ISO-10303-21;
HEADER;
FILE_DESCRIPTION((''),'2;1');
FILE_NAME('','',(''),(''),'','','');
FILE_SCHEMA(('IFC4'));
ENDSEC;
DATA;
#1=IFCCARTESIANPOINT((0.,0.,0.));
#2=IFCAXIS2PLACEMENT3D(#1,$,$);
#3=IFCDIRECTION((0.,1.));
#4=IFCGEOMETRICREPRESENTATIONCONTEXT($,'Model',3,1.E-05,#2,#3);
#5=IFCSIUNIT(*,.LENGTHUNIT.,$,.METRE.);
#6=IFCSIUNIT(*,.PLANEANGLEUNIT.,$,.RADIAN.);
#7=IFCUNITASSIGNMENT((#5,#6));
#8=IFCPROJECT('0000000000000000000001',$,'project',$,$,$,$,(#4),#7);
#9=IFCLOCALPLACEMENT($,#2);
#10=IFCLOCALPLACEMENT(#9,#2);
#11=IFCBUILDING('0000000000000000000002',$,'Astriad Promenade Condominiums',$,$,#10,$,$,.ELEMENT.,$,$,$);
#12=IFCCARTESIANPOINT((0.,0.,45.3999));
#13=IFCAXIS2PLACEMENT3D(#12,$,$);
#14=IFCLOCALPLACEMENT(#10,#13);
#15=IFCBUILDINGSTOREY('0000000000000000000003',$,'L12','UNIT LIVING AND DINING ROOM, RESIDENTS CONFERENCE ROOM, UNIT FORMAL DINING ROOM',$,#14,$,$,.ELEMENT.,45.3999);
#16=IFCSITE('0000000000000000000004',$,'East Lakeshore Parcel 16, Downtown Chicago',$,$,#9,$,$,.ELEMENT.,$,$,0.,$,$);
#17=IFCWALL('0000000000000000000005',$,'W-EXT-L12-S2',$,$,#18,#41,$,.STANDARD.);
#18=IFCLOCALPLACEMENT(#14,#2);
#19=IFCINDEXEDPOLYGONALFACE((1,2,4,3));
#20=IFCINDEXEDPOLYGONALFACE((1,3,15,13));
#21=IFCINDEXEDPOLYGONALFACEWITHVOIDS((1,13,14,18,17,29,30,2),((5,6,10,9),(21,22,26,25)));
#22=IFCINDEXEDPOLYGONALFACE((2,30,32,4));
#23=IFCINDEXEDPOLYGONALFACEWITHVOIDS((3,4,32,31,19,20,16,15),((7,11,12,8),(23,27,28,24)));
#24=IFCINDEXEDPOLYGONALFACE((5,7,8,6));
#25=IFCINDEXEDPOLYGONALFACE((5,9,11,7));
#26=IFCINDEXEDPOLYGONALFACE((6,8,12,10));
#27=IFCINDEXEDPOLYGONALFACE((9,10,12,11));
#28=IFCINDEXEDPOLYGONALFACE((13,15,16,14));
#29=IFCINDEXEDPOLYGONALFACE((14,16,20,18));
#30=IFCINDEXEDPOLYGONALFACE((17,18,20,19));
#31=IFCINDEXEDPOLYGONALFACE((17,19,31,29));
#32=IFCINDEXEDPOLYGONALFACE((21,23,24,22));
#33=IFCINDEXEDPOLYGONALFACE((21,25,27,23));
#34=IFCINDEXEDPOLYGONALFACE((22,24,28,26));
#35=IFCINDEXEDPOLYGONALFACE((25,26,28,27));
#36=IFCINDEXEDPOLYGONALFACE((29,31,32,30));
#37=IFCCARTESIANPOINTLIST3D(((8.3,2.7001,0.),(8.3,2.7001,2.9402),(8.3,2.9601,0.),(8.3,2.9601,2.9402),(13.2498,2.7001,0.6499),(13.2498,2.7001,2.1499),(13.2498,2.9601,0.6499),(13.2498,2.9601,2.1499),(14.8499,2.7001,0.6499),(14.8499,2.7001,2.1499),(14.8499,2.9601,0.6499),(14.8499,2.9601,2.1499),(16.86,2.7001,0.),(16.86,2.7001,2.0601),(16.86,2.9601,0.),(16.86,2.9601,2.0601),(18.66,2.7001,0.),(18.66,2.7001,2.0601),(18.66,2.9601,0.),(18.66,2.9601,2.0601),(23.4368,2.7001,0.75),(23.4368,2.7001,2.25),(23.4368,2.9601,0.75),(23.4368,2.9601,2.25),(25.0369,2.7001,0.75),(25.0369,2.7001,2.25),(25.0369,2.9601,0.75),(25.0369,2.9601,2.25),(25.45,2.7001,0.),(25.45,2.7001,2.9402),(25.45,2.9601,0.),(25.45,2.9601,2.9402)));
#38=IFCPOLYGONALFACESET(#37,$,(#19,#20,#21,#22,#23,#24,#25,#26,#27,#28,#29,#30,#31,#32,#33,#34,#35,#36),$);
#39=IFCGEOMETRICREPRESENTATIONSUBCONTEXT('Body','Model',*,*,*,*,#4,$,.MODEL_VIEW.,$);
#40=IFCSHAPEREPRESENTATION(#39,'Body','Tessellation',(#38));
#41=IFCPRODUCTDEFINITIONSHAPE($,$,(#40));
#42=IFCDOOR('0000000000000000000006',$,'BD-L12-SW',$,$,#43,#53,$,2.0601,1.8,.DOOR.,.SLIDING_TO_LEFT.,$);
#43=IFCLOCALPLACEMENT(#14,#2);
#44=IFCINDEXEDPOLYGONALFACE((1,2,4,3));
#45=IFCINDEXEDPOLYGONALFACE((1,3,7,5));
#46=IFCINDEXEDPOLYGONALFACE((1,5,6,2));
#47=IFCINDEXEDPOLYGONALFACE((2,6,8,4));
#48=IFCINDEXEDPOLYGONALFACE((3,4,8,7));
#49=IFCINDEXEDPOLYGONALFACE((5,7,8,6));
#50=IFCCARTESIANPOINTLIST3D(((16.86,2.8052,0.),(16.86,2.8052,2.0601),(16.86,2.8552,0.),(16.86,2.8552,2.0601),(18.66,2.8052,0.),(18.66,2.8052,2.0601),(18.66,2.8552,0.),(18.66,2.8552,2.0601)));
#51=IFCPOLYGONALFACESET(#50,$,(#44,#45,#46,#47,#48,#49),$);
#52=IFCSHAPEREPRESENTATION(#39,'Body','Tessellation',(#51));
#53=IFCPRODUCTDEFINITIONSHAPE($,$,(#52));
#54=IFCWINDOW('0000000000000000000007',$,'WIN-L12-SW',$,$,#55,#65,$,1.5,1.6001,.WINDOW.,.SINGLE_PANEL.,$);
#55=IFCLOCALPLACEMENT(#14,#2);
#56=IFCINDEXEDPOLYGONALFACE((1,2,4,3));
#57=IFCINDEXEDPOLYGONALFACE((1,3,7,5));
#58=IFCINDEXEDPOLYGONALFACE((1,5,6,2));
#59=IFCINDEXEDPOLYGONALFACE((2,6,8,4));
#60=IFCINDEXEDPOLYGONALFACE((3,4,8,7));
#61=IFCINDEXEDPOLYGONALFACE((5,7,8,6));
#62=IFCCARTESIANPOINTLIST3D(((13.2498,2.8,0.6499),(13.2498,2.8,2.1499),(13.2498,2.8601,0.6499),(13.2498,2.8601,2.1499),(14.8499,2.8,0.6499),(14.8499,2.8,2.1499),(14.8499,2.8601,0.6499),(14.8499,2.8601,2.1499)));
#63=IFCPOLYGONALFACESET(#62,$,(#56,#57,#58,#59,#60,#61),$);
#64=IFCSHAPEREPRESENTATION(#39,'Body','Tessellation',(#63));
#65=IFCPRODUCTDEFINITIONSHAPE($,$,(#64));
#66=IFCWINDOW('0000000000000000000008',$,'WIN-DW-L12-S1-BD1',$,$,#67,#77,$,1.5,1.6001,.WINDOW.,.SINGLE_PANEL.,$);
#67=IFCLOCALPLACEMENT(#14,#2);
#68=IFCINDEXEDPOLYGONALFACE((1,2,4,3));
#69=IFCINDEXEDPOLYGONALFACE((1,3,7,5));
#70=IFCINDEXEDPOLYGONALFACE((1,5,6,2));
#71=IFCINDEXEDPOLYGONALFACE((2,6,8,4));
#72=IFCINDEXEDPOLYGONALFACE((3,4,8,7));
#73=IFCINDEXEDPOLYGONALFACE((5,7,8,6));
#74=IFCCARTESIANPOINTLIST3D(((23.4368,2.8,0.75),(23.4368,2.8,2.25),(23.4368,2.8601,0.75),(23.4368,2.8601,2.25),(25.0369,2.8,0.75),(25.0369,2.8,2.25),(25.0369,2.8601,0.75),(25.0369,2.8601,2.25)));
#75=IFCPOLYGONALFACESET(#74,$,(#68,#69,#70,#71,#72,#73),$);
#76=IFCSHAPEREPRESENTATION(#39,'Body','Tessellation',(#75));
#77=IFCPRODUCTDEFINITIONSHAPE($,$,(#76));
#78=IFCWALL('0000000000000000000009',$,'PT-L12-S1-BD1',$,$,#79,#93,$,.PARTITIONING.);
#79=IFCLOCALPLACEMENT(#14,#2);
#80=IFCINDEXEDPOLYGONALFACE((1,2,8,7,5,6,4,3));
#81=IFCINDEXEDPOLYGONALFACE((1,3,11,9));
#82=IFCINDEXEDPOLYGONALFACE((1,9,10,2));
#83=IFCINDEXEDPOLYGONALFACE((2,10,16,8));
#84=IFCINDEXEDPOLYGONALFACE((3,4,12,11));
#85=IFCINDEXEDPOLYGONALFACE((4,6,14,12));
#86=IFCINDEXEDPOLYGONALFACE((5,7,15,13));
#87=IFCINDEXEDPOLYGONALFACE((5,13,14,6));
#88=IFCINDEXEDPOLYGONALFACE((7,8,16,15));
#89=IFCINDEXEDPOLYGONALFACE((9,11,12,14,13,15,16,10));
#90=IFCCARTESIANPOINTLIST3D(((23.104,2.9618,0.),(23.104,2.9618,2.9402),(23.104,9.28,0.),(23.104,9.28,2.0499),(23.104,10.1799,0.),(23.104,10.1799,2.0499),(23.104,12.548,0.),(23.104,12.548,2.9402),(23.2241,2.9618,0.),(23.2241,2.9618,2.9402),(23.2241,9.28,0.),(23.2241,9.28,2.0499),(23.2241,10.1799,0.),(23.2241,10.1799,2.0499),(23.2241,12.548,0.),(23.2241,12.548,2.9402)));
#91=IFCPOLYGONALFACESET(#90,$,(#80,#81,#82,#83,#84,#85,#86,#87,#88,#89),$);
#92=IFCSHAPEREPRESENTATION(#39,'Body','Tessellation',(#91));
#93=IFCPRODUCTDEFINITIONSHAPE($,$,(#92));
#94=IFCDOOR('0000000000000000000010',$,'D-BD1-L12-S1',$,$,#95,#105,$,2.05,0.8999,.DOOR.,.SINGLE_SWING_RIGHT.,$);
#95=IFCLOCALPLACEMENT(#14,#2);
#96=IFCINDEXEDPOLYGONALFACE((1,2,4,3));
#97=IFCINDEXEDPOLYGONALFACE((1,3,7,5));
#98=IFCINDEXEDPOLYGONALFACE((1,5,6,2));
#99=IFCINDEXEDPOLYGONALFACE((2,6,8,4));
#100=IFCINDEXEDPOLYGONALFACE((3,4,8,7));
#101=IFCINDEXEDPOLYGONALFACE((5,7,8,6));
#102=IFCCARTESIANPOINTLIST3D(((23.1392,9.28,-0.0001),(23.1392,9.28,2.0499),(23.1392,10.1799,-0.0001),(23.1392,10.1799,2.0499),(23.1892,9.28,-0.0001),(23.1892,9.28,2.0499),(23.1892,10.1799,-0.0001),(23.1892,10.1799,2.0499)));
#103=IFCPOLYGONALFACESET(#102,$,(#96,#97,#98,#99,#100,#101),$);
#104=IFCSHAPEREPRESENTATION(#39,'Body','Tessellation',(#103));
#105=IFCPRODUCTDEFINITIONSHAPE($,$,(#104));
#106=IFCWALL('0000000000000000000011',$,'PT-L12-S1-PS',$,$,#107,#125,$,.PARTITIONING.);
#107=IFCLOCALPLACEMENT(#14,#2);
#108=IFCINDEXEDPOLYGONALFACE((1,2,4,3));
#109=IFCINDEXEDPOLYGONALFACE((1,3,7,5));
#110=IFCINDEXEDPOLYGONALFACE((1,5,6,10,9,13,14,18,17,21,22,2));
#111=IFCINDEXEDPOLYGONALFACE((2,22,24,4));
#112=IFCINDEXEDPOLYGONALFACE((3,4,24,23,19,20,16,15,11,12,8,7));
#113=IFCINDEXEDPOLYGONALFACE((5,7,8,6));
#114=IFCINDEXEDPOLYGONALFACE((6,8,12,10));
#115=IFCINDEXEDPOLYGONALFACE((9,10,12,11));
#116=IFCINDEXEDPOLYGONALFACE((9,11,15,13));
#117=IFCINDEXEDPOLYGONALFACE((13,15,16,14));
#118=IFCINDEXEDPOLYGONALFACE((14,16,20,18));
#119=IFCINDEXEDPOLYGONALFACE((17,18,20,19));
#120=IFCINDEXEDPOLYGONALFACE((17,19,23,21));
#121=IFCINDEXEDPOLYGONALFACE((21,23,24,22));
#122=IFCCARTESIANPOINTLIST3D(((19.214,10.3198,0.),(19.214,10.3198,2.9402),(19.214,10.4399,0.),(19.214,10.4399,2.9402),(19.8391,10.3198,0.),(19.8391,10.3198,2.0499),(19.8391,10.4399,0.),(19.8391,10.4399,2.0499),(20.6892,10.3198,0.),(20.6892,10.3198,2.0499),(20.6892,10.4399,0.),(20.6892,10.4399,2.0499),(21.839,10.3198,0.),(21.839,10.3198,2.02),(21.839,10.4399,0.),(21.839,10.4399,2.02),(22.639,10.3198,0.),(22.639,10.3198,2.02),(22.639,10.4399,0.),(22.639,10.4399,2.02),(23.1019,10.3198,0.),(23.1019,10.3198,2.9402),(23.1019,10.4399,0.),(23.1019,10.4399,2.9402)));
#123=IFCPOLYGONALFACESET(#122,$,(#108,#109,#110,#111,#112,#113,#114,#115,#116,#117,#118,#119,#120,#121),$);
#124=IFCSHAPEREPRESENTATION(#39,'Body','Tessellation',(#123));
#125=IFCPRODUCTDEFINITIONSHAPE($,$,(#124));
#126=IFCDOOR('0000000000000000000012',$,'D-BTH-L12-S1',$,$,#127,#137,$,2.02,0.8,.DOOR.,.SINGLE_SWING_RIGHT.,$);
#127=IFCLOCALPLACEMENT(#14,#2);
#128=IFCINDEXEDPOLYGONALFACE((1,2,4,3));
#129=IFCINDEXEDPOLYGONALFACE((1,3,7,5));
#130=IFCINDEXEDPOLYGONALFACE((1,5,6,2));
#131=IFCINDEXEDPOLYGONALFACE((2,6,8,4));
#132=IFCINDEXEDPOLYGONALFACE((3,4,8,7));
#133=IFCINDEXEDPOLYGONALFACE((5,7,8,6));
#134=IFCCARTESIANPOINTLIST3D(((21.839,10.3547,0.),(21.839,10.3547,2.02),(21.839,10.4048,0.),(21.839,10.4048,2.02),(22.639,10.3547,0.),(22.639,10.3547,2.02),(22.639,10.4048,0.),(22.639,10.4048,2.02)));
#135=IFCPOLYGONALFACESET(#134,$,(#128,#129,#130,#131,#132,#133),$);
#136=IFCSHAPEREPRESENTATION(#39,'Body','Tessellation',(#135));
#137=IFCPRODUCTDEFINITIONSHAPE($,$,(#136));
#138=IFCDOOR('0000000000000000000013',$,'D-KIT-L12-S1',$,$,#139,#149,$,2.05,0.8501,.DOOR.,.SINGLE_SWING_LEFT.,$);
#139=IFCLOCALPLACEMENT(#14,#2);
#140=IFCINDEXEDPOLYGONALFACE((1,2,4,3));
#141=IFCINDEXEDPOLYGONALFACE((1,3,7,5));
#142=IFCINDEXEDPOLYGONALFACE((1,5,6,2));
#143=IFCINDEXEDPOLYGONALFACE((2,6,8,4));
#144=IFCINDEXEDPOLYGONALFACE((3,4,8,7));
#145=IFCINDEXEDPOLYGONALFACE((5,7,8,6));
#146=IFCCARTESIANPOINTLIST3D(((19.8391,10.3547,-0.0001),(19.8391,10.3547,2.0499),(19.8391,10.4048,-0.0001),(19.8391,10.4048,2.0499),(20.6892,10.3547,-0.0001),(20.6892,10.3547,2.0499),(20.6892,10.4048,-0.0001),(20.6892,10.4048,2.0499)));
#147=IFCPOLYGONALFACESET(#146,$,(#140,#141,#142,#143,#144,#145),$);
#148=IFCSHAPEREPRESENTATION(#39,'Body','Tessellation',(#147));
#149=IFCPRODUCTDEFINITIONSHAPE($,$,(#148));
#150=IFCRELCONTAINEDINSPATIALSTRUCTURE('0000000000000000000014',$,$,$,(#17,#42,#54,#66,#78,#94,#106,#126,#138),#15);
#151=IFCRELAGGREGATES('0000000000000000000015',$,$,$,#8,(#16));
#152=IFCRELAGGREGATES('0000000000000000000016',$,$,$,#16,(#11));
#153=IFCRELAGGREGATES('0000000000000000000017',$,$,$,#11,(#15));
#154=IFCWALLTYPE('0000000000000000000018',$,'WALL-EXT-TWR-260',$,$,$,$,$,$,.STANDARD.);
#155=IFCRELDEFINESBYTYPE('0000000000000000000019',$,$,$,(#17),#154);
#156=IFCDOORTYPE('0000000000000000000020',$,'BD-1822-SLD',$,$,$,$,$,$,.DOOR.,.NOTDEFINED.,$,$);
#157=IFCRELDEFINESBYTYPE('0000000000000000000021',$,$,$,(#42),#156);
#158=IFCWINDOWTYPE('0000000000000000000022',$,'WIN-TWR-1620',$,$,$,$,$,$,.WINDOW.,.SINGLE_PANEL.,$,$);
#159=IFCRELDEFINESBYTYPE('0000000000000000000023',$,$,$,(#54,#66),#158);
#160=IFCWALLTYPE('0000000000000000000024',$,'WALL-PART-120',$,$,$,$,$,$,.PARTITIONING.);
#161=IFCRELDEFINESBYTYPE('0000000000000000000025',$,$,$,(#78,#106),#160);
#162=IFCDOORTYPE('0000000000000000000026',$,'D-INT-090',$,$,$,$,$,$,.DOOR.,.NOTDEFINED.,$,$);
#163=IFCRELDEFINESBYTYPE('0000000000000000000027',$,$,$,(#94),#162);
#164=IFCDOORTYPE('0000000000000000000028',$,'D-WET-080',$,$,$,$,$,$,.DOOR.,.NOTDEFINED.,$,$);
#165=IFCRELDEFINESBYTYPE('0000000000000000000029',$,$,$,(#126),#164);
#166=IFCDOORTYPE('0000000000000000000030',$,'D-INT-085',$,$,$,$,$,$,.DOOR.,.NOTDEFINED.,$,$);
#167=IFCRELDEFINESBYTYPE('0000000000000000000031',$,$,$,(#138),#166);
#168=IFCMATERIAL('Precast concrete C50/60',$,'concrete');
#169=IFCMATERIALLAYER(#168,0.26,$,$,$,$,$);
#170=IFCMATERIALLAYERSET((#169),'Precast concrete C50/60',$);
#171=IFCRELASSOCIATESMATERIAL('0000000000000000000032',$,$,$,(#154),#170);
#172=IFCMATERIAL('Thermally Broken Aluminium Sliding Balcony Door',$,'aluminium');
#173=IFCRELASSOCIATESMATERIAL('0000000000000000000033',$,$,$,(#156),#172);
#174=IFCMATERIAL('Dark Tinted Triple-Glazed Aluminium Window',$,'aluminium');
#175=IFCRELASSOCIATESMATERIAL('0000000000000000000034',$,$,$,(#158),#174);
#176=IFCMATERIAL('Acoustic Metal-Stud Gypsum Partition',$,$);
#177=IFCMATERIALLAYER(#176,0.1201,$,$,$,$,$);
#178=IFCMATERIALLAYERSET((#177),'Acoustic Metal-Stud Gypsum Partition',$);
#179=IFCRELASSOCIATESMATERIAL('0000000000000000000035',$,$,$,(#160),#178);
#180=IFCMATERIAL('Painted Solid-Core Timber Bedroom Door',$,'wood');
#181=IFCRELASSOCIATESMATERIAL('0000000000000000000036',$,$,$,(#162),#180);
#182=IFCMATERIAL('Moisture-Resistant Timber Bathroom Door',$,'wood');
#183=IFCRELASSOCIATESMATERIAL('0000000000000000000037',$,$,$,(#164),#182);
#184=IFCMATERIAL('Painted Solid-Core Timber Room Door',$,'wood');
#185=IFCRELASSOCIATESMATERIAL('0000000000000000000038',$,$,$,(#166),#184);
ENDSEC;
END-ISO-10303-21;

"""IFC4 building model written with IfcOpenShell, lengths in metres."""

from ifc_helpers import new_model, si_unit, direction, frame, frame_2d, origin, place, context, subcontext, project, spatial, rectangle, extrude, source, transform, mapped, material, layer, layer_set, type_object, type_shapes, element, fill, save


model = new_model("IFC4")

# Units and contexts
model_context = context("Model", 3, precision=1e-05, world=origin(), true_north=direction((0.0, 1.0)))
body_context = subcontext(model_context, "Body", "Model", "MODEL_VIEW")
ifc_project = project(units=[si_unit("LENGTHUNIT", "METRE"), si_unit("PLANEANGLEUNIT", "RADIAN")], contexts=[model_context])

# Site, building, storey
site_placement = place(None, origin())
site = spatial("IfcSite", under=ifc_project, at=site_placement, Name="East Lakeshore Parcel 16, Downtown Chicago", CompositionType="ELEMENT", RefElevation=0.0)
building_placement = place(site_placement, origin())
building = spatial("IfcBuilding", under=site, at=building_placement, Name="Astriad Promenade Condominiums", CompositionType="ELEMENT")
storey_placement = place(building_placement, frame((0.0, 0.0, 45.3999)))
storey = spatial("IfcBuildingStorey", under=building, at=storey_placement, Name="L12", Description="UNIT LIVING AND DINING ROOM, RESIDENTS CONFERENCE ROOM, UNIT FORMAL DINING ROOM", CompositionType="ELEMENT", Elevation=45.3999)

# Wall, openings, door, windows
ifc_material_1 = material(Name="Precast concrete C50/60", Category="concrete")
ifc_layer_1 = layer(ifc_material_1, 0.26)
ifc_layer_set_1 = layer_set([ifc_layer_1], Name="Precast concrete C50/60")
wall_type_1 = type_object("IfcWallType", Name="WALL-EXT-TWR-260", PredefinedType="STANDARD", material=ifc_layer_set_1)
wall_1_placement = place(storey_placement, frame((25.45, 2.8301, 0.0), z_axis=(0.0, 0.0, 1.0), x_axis=(-1.0, 0.0, 0.0)))
wall_1 = element("IfcWall", 1, at=wall_1_placement, inside=storey, type_object=wall_type_1, Name="W-EXT-L12-S2", PredefinedType="STANDARD", context=body_context, shape_type="SweptSolid", body=[
    extrude(rectangle(XDim=17.1499, YDim=0.26, at=frame_2d((8.575, 0.0))), origin(), (0.0, 0.0, 1.0), 2.9402),
])
opening_1_placement = place(wall_1_placement, frame((6.79, 0.0, 0.0)))
opening_1 = element("IfcOpeningElement", 2, at=opening_1_placement, cuts=wall_1, PredefinedType="OPENING", context=body_context, shape_type="SweptSolid", body=[
    extrude(rectangle(XDim=1.8, YDim=2.0601, at=frame_2d((0.8999, 1.03))), frame((0.0, 0.1399, 0.0), z_axis=(0.0, -1.0, 0.0), x_axis=(1.0, 0.0, 0.0)), (0.0, 0.0, 1.0), 0.28),
])
opening_2_placement = place(wall_1_placement, frame((10.6001, 0.0, 0.6499)))
opening_2 = element("IfcOpeningElement", 3, at=opening_2_placement, cuts=wall_1, PredefinedType="OPENING", context=body_context, shape_type="SweptSolid", body=[
    extrude(rectangle(XDim=1.6001, YDim=1.5, at=frame_2d((0.8, 0.75))), frame((0.0, 0.1399, 0.0), z_axis=(0.0, -1.0, 0.0), x_axis=(1.0, 0.0, 0.0)), (0.0, 0.0, 1.0), 0.28),
])
opening_3_placement = place(wall_1_placement, frame((0.4131, 0.0, 0.75)))
opening_3 = element("IfcOpeningElement", 4, at=opening_3_placement, cuts=wall_1, PredefinedType="OPENING", context=body_context, shape_type="SweptSolid", body=[
    extrude(rectangle(XDim=1.6001, YDim=1.5, at=frame_2d((0.8, 0.75))), frame((0.0, 0.1399, 0.0), z_axis=(0.0, -1.0, 0.0), x_axis=(1.0, 0.0, 0.0)), (0.0, 0.0, 1.0), 0.28),
])
ifc_material_2 = material(Name="Thermally Broken Aluminium Sliding Balcony Door", Category="aluminium")
door_type_1 = type_object("IfcDoorType", Name="BD-1822-SLD", OperationType="NOTDEFINED", PredefinedType="DOOR", material=ifc_material_2)
shared_shape_1 = source(origin(), body_context, "Body", "SweptSolid", [
    extrude(rectangle(XDim=1.8, YDim=2.0601, at=frame_2d((0.8999, 1.03))), frame((0.0, 0.0249, 0.0), z_axis=(0.0, -1.0, 0.0), x_axis=(1.0, 0.0, 0.0)), (0.0, 0.0, 1.0), 0.05),
])
type_shapes(door_type_1, [shared_shape_1])
door_1_placement = place(opening_1_placement, origin())
door_1 = element("IfcDoor", 5, at=door_1_placement, inside=storey, type_object=door_type_1, Name="BD-L12-SW", OperationType="SLIDING_TO_LEFT", OverallHeight=2.0601, OverallWidth=1.8, PredefinedType="DOOR", context=body_context, shape_type="MappedRepresentation", body=[
    mapped(shared_shape_1, transform((0.0, 0.0, 0.0), scale=1.0)),
])
fill(opening_1, door_1)
ifc_material_3 = material(Name="Dark Tinted Triple-Glazed Aluminium Window", Category="aluminium")
window_type = type_object("IfcWindowType", Name="WIN-TWR-1620", PartitioningType="SINGLE_PANEL", PredefinedType="WINDOW", material=ifc_material_3)
shared_shape_2 = source(origin(), body_context, "Body", "SweptSolid", [
    extrude(rectangle(XDim=1.6001, YDim=1.5, at=frame_2d((0.8, 0.75))), frame((0.0, 0.03, 0.0), z_axis=(0.0, -1.0, 0.0), x_axis=(1.0, 0.0, 0.0)), (0.0, 0.0, 1.0), 0.0601),
])
type_shapes(window_type, [shared_shape_2])
window_1_placement = place(opening_2_placement, origin())
window_1 = element("IfcWindow", 6, at=window_1_placement, inside=storey, type_object=window_type, Name="WIN-L12-SW", OverallHeight=1.5, OverallWidth=1.6001, PartitioningType="SINGLE_PANEL", PredefinedType="WINDOW", context=body_context, shape_type="MappedRepresentation", body=[
    mapped(shared_shape_2, transform((0.0, 0.0, 0.0), scale=1.0)),
])
fill(opening_2, window_1)
window_2_placement = place(opening_3_placement, origin())
window_2 = element("IfcWindow", 7, at=window_2_placement, inside=storey, type_object=window_type, Name="WIN-DW-L12-S1-BD1", OverallHeight=1.5, OverallWidth=1.6001, PartitioningType="SINGLE_PANEL", PredefinedType="WINDOW", context=body_context, shape_type="MappedRepresentation", body=[
    mapped(shared_shape_2, transform((0.0, 0.0, 0.0), scale=1.0)),
])
fill(opening_3, window_2)

# Wall, opening, door
ifc_material_4 = material(Name="Acoustic Metal-Stud Gypsum Partition")
ifc_layer_2 = layer(ifc_material_4, 0.1201)
ifc_layer_set_2 = layer_set([ifc_layer_2], Name="Acoustic Metal-Stud Gypsum Partition")
wall_type_2 = type_object("IfcWallType", Name="WALL-PART-120", PredefinedType="PARTITIONING", material=ifc_layer_set_2)
wall_2_placement = place(storey_placement, frame((23.1641, 2.9619, 0.0), z_axis=(0.0, 0.0, 1.0), x_axis=(0.0, 1.0, 0.0)))
wall_2 = element("IfcWall", 8, at=wall_2_placement, inside=storey, type_object=wall_type_2, Name="PT-L12-S1-BD1", PredefinedType="PARTITIONING", context=body_context, shape_type="SweptSolid", body=[
    extrude(rectangle(XDim=9.5862, YDim=0.1201, at=frame_2d((4.793, 0.0))), origin(), (0.0, 0.0, 1.0), 2.9402),
])
opening_4_placement = place(wall_2_placement, frame((6.3181, 0.0, 0.0)))
opening_4 = element("IfcOpeningElement", 9, at=opening_4_placement, cuts=wall_2, PredefinedType="OPENING", context=body_context, shape_type="SweptSolid", body=[
    extrude(rectangle(XDim=0.8999, YDim=2.05, at=frame_2d((0.45, 1.0249))), frame((0.0, 0.0701, 0.0), z_axis=(0.0, -1.0, 0.0), x_axis=(1.0, 0.0, 0.0)), (0.0, 0.0, 1.0), 0.1401),
])
ifc_material_5 = material(Name="Painted Solid-Core Timber Bedroom Door", Category="wood")
door_type_2 = type_object("IfcDoorType", Name="D-INT-090", OperationType="NOTDEFINED", PredefinedType="DOOR", material=ifc_material_5)
shared_shape_3 = source(origin(), body_context, "Body", "SweptSolid", [
    extrude(rectangle(XDim=0.8999, YDim=2.05, at=frame_2d((0.45, 1.0249))), frame((0.0, 0.0249, 0.0), z_axis=(0.0, -1.0, 0.0), x_axis=(1.0, 0.0, 0.0)), (0.0, 0.0, 1.0), 0.05),
])
type_shapes(door_type_2, [shared_shape_3])
door_2_placement = place(opening_4_placement, origin())
door_2 = element("IfcDoor", 10, at=door_2_placement, inside=storey, type_object=door_type_2, Name="D-BD1-L12-S1", OperationType="SINGLE_SWING_RIGHT", OverallHeight=2.05, OverallWidth=0.8999, PredefinedType="DOOR", context=body_context, shape_type="MappedRepresentation", body=[
    mapped(shared_shape_3, transform((0.0, 0.0, 0.0), scale=1.0)),
])
fill(opening_4, door_2)

# Wall, openings, doors
wall_3_placement = place(storey_placement, frame((19.2141, 10.3799, 0.0), z_axis=(0.0, 0.0, 1.0), x_axis=(1.0, 0.0, 0.0)))
wall_3 = element("IfcWall", 11, at=wall_3_placement, inside=storey, type_object=wall_type_2, Name="PT-L12-S1-PS", PredefinedType="PARTITIONING", context=body_context, shape_type="SweptSolid", body=[
    extrude(rectangle(XDim=3.8879, YDim=0.1201, at=frame_2d((1.9438, 0.0))), origin(), (0.0, 0.0, 1.0), 2.9402),
])
opening_5_placement = place(wall_3_placement, frame((0.625, 0.0, 0.0)))
opening_5 = element("IfcOpeningElement", 12, at=opening_5_placement, cuts=wall_3, PredefinedType="OPENING", context=body_context, shape_type="SweptSolid", body=[
    extrude(rectangle(XDim=0.8501, YDim=2.05, at=frame_2d((0.425, 1.0249))), frame((0.0, 0.0701, 0.0), z_axis=(0.0, -1.0, 0.0), x_axis=(1.0, 0.0, 0.0)), (0.0, 0.0, 1.0), 0.1401),
])
opening_6_placement = place(wall_3_placement, frame((2.625, 0.0, 0.0)))
opening_6 = element("IfcOpeningElement", 13, at=opening_6_placement, cuts=wall_3, PredefinedType="OPENING", context=body_context, shape_type="SweptSolid", body=[
    extrude(rectangle(XDim=0.8, YDim=2.02, at=frame_2d((0.3999, 1.01))), frame((0.0, 0.0701, 0.0), z_axis=(0.0, -1.0, 0.0), x_axis=(1.0, 0.0, 0.0)), (0.0, 0.0, 1.0), 0.1401),
])
ifc_material_6 = material(Name="Moisture-Resistant Timber Bathroom Door", Category="wood")
door_type_3 = type_object("IfcDoorType", Name="D-WET-080", OperationType="NOTDEFINED", PredefinedType="DOOR", material=ifc_material_6)
shared_shape_4 = source(origin(), body_context, "Body", "SweptSolid", [
    extrude(rectangle(XDim=0.8, YDim=2.02, at=frame_2d((0.3999, 1.01))), frame((0.0, 0.0249, 0.0), z_axis=(0.0, -1.0, 0.0), x_axis=(1.0, 0.0, 0.0)), (0.0, 0.0, 1.0), 0.05),
])
type_shapes(door_type_3, [shared_shape_4])
door_3_placement = place(opening_6_placement, origin())
door_3 = element("IfcDoor", 14, at=door_3_placement, inside=storey, type_object=door_type_3, Name="D-BTH-L12-S1", OperationType="SINGLE_SWING_RIGHT", OverallHeight=2.02, OverallWidth=0.8, PredefinedType="DOOR", context=body_context, shape_type="MappedRepresentation", body=[
    mapped(shared_shape_4, transform((0.0, 0.0, 0.0), scale=1.0)),
])
fill(opening_6, door_3)
ifc_material_7 = material(Name="Painted Solid-Core Timber Room Door", Category="wood")
door_type_4 = type_object("IfcDoorType", Name="D-INT-085", OperationType="NOTDEFINED", PredefinedType="DOOR", material=ifc_material_7)
shared_shape_5 = source(origin(), body_context, "Body", "SweptSolid", [
    extrude(rectangle(XDim=0.8501, YDim=2.05, at=frame_2d((0.425, 1.0249))), frame((0.0, 0.0249, 0.0), z_axis=(0.0, -1.0, 0.0), x_axis=(1.0, 0.0, 0.0)), (0.0, 0.0, 1.0), 0.05),
])
type_shapes(door_type_4, [shared_shape_5])
door_4_placement = place(opening_5_placement, origin())
door_4 = element("IfcDoor", 15, at=door_4_placement, inside=storey, type_object=door_type_4, Name="D-KIT-L12-S1", OperationType="SINGLE_SWING_LEFT", OverallHeight=2.05, OverallWidth=0.8501, PredefinedType="DOOR", context=body_context, shape_type="MappedRepresentation", body=[
    mapped(shared_shape_5, transform((0.0, 0.0, 0.0), scale=1.0)),
])
fill(opening_5, door_4)

save(model, "model.ifc")
